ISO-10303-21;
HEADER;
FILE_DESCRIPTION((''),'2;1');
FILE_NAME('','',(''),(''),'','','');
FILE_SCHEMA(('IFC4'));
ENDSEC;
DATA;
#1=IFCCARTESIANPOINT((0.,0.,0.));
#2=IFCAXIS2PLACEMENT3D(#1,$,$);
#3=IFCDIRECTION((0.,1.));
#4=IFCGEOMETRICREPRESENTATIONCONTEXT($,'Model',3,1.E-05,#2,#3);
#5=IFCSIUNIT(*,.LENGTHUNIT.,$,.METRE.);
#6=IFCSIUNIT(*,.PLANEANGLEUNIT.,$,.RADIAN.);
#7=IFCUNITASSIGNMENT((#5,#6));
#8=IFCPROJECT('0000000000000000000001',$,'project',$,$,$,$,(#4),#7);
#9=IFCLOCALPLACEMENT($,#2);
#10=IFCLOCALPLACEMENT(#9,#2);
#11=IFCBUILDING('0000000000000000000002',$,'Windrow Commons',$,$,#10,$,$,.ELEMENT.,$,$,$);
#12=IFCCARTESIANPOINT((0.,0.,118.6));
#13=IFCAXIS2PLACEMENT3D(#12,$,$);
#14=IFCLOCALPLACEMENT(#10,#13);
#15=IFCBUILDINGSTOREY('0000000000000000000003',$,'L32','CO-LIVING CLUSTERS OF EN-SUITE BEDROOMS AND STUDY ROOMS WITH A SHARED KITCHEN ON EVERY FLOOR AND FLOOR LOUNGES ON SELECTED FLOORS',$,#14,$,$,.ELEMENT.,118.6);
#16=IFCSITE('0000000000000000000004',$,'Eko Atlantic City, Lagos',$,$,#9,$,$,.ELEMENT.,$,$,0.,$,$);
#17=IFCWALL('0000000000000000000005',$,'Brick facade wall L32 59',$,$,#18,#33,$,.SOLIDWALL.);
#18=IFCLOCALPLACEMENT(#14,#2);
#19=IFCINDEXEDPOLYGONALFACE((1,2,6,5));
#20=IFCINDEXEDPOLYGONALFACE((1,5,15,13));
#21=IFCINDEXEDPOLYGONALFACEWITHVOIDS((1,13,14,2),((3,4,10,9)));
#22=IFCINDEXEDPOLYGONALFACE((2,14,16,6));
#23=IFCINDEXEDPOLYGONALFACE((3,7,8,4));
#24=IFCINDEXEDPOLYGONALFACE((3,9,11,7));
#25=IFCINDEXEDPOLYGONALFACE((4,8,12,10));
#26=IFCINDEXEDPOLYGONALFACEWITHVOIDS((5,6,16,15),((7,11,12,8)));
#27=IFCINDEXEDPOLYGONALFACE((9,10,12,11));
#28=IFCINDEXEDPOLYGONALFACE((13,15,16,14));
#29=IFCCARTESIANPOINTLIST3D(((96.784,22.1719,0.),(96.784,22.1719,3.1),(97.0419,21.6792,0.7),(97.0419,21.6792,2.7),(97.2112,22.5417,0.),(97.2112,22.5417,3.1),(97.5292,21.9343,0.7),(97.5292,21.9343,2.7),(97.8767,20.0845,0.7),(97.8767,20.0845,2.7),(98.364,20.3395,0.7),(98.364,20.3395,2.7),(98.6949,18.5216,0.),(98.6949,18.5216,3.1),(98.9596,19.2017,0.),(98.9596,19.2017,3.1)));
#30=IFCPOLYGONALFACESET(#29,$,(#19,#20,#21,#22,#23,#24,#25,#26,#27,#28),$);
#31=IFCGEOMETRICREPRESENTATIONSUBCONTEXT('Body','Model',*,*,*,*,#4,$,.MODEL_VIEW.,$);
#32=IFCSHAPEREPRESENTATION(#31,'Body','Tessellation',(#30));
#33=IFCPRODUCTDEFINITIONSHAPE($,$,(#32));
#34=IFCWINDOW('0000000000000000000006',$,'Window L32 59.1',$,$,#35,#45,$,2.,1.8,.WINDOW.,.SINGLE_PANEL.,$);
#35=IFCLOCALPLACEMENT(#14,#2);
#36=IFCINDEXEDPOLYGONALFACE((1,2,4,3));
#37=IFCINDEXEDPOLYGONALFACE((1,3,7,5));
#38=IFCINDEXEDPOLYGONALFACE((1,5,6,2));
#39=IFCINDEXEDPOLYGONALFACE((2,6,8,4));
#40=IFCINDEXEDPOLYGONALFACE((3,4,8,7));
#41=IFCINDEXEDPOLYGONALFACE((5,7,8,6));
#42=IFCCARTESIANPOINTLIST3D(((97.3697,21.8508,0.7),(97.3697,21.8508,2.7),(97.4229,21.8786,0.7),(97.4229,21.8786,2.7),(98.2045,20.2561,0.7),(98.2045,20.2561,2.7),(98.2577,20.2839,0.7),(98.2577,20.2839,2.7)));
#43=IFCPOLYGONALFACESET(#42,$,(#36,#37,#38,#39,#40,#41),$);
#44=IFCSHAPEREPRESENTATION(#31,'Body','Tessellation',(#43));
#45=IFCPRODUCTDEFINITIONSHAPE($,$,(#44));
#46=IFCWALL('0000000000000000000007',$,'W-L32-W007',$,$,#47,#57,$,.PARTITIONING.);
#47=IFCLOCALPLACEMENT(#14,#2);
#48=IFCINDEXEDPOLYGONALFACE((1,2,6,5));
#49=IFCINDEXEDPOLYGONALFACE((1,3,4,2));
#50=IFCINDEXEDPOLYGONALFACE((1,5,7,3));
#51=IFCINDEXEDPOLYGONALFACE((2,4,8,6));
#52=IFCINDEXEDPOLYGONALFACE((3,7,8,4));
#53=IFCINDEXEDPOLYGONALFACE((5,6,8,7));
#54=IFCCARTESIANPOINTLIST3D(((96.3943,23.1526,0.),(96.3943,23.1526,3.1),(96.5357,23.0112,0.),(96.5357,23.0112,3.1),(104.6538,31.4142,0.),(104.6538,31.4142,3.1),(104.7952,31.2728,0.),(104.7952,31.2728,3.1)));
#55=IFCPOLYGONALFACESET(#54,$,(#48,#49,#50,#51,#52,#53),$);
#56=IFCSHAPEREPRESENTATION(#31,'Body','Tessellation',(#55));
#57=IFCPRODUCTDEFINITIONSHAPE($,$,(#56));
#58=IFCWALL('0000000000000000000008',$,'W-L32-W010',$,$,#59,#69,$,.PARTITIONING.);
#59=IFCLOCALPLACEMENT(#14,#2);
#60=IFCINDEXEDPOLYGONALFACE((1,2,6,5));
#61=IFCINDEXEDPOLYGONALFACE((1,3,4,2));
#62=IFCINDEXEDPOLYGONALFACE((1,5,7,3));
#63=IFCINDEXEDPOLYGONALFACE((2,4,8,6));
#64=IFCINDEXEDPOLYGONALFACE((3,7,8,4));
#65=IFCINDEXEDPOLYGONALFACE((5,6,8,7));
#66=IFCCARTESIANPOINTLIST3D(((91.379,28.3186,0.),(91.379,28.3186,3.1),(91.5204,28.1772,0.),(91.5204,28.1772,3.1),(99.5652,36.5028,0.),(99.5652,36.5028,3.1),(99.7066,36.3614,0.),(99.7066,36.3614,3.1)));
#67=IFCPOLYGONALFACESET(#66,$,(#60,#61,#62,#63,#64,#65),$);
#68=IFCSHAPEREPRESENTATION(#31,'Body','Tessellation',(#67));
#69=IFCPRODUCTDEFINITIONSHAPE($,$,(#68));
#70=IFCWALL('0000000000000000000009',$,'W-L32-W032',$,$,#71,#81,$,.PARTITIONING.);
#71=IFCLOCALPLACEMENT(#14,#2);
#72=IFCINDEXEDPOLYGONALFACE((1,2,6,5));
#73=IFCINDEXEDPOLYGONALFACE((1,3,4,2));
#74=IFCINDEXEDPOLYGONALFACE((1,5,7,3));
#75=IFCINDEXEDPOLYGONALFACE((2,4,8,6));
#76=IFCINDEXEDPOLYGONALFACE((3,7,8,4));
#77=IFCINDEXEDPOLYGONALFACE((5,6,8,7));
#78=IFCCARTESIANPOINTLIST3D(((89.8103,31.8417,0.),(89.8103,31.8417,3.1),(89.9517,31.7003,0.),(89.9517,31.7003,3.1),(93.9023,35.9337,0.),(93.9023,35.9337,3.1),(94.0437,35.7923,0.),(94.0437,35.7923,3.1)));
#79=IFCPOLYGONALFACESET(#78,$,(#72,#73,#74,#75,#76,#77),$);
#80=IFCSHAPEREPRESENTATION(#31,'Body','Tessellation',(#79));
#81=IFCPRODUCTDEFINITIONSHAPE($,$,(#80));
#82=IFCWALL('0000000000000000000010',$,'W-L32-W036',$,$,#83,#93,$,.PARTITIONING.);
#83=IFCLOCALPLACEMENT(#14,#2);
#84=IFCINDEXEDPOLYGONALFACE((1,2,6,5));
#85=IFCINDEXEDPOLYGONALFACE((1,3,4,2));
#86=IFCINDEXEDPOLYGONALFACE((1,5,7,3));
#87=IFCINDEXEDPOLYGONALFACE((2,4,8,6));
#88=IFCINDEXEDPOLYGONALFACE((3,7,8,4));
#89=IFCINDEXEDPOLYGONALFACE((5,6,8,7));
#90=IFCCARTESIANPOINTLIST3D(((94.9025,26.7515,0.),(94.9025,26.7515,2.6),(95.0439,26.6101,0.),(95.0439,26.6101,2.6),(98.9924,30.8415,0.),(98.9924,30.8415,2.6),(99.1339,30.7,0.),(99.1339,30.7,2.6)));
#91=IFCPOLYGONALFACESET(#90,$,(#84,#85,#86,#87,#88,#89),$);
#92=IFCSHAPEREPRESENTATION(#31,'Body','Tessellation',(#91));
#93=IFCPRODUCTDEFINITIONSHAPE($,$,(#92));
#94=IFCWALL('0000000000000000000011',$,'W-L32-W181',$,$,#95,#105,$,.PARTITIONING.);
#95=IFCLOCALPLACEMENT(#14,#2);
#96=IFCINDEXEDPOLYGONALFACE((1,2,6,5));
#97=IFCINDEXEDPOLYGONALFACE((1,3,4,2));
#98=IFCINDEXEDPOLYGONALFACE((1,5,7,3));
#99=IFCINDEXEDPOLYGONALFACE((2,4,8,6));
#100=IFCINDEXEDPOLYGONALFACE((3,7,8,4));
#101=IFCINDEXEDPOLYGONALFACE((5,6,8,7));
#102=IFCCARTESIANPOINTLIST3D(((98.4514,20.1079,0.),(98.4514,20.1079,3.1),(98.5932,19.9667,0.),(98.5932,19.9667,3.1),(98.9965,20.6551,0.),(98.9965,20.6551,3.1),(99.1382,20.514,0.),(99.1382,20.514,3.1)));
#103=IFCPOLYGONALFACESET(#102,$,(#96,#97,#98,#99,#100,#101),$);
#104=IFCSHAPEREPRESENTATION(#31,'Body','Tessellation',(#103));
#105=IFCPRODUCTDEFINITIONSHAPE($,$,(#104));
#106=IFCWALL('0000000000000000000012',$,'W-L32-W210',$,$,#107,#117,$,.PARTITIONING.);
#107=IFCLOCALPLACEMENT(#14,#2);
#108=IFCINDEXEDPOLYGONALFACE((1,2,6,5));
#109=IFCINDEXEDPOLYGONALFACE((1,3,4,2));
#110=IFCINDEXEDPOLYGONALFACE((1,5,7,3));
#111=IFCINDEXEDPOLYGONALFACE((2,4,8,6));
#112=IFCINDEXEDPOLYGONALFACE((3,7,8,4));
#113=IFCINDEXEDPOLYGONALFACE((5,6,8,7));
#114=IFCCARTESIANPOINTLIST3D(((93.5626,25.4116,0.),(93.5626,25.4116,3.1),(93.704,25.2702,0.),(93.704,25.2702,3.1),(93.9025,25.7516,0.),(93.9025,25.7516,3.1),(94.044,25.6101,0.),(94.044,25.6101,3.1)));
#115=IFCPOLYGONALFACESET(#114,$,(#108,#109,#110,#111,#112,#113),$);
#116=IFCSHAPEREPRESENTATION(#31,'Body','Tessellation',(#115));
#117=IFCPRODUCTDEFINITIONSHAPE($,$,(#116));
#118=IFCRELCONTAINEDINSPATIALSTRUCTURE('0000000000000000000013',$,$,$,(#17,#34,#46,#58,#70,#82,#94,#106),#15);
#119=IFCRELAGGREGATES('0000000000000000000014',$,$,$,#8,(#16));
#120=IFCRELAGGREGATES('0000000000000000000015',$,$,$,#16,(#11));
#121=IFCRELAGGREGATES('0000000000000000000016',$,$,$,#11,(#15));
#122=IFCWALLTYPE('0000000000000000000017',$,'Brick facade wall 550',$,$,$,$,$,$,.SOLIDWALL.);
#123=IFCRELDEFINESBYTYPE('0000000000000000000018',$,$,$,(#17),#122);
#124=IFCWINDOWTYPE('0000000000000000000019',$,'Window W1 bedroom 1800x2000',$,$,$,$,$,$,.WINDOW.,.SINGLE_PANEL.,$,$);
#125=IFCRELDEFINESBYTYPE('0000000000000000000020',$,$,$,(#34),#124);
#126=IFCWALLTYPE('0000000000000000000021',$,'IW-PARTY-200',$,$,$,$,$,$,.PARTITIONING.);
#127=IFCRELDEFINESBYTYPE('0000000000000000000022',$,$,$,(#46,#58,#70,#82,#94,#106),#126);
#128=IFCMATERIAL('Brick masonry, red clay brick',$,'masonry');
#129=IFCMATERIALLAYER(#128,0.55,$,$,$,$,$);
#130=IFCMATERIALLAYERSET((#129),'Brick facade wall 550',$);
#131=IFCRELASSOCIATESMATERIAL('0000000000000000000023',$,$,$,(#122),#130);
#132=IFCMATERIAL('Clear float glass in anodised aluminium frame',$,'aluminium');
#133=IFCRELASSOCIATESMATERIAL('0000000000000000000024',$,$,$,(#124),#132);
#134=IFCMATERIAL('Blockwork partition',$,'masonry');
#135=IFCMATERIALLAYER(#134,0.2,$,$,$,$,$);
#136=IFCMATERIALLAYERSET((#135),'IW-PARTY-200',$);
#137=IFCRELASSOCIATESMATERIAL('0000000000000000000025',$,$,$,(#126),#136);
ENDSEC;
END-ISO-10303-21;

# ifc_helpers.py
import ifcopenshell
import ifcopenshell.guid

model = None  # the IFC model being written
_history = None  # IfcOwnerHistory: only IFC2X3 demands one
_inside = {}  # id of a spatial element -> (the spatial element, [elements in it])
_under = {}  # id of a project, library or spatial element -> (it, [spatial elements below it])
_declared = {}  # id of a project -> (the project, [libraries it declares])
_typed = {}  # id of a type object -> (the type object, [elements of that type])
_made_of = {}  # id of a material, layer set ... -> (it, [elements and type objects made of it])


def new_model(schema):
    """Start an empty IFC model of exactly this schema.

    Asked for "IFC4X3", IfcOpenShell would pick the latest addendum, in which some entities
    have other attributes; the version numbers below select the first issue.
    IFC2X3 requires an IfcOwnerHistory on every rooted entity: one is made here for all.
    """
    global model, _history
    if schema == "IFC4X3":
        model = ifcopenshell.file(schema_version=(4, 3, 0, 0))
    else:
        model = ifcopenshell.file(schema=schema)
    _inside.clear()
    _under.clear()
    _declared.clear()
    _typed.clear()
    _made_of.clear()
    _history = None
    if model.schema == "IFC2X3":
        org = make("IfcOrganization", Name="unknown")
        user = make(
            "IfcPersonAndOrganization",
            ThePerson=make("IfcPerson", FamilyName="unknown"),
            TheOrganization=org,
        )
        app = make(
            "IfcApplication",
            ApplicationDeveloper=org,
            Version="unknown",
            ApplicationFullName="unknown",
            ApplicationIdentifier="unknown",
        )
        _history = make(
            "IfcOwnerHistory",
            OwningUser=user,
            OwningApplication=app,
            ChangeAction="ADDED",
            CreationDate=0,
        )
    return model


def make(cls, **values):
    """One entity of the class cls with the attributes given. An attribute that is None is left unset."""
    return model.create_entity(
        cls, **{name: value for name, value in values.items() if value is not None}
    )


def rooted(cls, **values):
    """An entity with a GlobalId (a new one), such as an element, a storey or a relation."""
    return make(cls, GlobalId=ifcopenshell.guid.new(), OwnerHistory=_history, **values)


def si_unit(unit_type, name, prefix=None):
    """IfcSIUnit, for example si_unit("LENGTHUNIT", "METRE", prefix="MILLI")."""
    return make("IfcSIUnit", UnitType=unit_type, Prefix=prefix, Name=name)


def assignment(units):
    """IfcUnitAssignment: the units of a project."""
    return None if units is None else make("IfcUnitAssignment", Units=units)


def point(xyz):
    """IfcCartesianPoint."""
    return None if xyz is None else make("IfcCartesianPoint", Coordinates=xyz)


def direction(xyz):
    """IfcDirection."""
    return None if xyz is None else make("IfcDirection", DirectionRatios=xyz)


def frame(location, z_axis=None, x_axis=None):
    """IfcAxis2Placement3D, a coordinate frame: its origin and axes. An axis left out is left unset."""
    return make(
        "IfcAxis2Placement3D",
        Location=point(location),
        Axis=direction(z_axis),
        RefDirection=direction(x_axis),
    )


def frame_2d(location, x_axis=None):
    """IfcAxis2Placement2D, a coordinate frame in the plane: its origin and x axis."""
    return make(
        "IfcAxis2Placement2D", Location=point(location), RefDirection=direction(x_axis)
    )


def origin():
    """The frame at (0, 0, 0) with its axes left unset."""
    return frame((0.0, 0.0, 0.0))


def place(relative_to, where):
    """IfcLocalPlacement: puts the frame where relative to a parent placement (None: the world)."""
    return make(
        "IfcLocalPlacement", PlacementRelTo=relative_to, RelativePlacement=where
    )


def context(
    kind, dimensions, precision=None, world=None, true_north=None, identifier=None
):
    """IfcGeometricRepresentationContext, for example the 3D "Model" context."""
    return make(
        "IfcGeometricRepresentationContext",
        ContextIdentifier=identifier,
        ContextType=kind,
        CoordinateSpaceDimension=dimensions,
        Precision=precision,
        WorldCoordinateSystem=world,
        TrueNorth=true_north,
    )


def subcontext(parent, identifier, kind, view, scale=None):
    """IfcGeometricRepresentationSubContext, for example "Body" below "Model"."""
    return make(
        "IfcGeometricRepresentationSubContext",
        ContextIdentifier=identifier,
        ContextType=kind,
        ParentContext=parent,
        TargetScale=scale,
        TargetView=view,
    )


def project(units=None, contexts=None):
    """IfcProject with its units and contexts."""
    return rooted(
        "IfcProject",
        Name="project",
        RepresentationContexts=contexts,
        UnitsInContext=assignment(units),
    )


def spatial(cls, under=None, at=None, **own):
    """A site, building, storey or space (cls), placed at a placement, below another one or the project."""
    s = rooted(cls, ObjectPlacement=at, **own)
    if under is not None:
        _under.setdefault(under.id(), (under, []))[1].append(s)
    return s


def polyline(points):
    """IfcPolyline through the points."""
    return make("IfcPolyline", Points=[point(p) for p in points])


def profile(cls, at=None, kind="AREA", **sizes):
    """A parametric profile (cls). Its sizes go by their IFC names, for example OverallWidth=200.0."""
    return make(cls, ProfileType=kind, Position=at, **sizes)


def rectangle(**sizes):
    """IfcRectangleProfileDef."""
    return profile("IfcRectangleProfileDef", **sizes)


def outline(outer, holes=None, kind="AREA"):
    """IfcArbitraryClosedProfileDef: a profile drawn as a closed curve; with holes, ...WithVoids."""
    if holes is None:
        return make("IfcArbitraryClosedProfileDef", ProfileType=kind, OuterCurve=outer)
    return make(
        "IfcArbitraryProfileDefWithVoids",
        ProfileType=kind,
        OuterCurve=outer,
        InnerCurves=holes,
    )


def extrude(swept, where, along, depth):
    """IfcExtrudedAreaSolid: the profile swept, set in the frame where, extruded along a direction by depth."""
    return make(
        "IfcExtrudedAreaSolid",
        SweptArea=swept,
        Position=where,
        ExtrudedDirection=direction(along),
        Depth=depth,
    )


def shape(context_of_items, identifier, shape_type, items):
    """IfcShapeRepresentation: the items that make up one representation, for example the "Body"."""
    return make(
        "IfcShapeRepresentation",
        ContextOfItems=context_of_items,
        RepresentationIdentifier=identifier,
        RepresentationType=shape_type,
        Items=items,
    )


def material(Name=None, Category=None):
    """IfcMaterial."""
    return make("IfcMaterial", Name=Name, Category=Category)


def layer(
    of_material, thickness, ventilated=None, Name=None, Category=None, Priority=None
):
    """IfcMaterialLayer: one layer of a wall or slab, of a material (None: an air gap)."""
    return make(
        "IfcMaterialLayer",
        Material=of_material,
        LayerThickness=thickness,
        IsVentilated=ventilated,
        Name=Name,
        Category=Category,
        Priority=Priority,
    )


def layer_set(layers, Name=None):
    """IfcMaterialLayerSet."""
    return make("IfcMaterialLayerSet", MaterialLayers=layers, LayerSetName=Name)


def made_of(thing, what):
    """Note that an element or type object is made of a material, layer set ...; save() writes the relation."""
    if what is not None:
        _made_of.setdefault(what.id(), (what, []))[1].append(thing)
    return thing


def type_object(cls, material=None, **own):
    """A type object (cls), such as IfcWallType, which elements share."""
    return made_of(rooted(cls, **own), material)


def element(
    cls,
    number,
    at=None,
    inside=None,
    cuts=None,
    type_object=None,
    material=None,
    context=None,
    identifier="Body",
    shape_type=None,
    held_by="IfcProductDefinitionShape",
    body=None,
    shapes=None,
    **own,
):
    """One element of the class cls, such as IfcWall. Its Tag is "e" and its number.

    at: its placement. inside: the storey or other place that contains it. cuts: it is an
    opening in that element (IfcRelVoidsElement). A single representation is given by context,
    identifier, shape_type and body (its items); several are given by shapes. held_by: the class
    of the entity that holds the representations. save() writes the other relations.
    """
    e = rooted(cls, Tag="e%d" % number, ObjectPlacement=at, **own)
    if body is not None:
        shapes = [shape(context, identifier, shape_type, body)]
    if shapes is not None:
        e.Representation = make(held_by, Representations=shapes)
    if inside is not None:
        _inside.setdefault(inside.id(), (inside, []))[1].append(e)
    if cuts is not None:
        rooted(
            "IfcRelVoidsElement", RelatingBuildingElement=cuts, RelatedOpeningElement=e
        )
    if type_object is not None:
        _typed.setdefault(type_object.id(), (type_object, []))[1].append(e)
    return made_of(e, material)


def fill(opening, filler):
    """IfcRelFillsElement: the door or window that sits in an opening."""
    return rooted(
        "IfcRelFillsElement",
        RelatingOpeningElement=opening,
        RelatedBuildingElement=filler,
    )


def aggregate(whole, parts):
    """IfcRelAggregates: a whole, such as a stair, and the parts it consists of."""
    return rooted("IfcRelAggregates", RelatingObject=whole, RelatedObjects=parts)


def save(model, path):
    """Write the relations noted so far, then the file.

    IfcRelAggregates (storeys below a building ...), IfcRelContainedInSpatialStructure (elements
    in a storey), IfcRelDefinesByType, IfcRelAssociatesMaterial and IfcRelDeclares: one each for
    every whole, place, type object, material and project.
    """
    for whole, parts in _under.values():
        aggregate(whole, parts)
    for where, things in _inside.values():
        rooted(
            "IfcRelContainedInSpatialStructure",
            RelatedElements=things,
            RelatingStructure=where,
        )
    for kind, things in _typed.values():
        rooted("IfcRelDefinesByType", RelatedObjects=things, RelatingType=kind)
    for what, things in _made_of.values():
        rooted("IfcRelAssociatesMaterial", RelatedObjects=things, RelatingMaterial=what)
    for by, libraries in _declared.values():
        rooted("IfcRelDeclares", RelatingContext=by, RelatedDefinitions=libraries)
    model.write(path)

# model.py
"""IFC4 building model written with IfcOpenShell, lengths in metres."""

from ifc_helpers import new_model, si_unit, direction, frame, frame_2d, origin, place, context, subcontext, project, spatial, polyline, rectangle, outline, extrude, material, layer, layer_set, type_object, element, fill, save


model = new_model("IFC4")

# Units and contexts
model_context = context("Model", 3, precision=1e-05, world=origin(), true_north=direction((0.0, 1.0)))
body_context = subcontext(model_context, "Body", "Model", "MODEL_VIEW")
ifc_project = project(units=[si_unit("LENGTHUNIT", "METRE"), si_unit("PLANEANGLEUNIT", "RADIAN")], contexts=[model_context])

# Site, building, storey
site_placement = place(None, origin())
site = spatial("IfcSite", under=ifc_project, at=site_placement, Name="Eko Atlantic City, Lagos", CompositionType="ELEMENT", RefElevation=0.0)
building_placement = place(site_placement, origin())
building = spatial("IfcBuilding", under=site, at=building_placement, Name="Windrow Commons", CompositionType="ELEMENT")
storey_placement = place(building_placement, frame((0.0, 0.0, 118.6)))
storey = spatial("IfcBuildingStorey", under=building, at=storey_placement, Name="L32", Description="CO-LIVING CLUSTERS OF EN-SUITE BEDROOMS AND STUDY ROOMS WITH A SHARED KITCHEN ON EVERY FLOOR AND FLOOR LOUNGES ON SELECTED FLOORS", CompositionType="ELEMENT", Elevation=118.6)

# Shared definitions
ifc_material_1 = material(Name="Brick masonry, red clay brick", Category="masonry")
ifc_layer_1 = layer(ifc_material_1, 0.55)
ifc_layer_set_1 = layer_set([ifc_layer_1], Name="Brick facade wall 550")
wall_type_1 = type_object("IfcWallType", Name="Brick facade wall 550", PredefinedType="SOLIDWALL", material=ifc_layer_set_1)
ifc_material_2 = material(Name="Clear float glass in anodised aluminium frame", Category="aluminium")
window_type_1 = type_object("IfcWindowType", Name="Window W1 bedroom 1800x2000", PartitioningType="SINGLE_PANEL", PredefinedType="WINDOW", material=ifc_material_2)

# Wall, opening, window
wall_1_placement = place(storey_placement, frame((96.9976, 22.3568, 0.0), z_axis=(0.0, 0.0, 1.0), x_axis=(0.463784, -0.885948, 0.0)))
wall_1 = element("IfcWall", 1, at=wall_1_placement, inside=storey, type_object=wall_type_1, Name="Brick facade wall L32 59", PredefinedType="SOLIDWALL", context=body_context, shape_type="SweptSolid", body=[
    extrude(outline(polyline([(0.0647, -0.275), (4.185, -0.275), (3.7052, 0.275), (-0.0647, 0.275), (0.0647, -0.275)])), origin(), (0.0, 0.0, 1.0), 3.1),
])
opening_1_placement = place(wall_1_placement, frame((0.6209, 0.0, 0.7)))
opening_1 = element("IfcOpeningElement", 2, at=opening_1_placement, cuts=wall_1, PredefinedType="OPENING", context=body_context, shape_type="SweptSolid", body=[
    extrude(rectangle(XDim=1.8, YDim=2.0, at=frame_2d((0.9, 1.0))), frame((0.0, 0.285, 0.0), z_axis=(0.0, -1.0, 0.0), x_axis=(1.0, 0.0, 0.0)), (0.0, 0.0, 1.0), 0.57),
])
window_1_placement = place(opening_1_placement, origin())
window_1 = element("IfcWindow", 3, at=window_1_placement, inside=storey, type_object=window_type_1, Name="Window L32 59.1", OverallHeight=2.0, OverallWidth=1.8, PartitioningType="SINGLE_PANEL", PredefinedType="WINDOW", context=body_context, shape_type="SweptSolid", body=[
    extrude(rectangle(XDim=1.8, YDim=2.0, at=frame_2d((0.9, 1.0))), frame((0.0, 0.155, 0.0), z_axis=(0.0, -1.0, 0.0), x_axis=(1.0, 0.0, 0.0)), (0.0, 0.0, 1.0), 0.06),
])
fill(opening_1, window_1)

# Walls
ifc_material_3 = material(Name="Blockwork partition", Category="masonry")
ifc_layer_2 = layer(ifc_material_3, 0.2)
ifc_layer_set_2 = layer_set([ifc_layer_2], Name="IW-PARTY-200")
wall_type_2 = type_object("IfcWallType", Name="IW-PARTY-200", PredefinedType="PARTITIONING", material=ifc_layer_set_2)
wall_2_placement = place(storey_placement, frame((96.465, 23.0819, 0.0), z_axis=(0.0, 0.0, 1.0), x_axis=(0.707017, 0.707197, 0.0)))
element("IfcWall", 4, at=wall_2_placement, inside=storey, type_object=wall_type_2, Name="W-L32-W007", PredefinedType="PARTITIONING", context=body_context, shape_type="SweptSolid", body=[
    extrude(rectangle(XDim=11.6822, YDim=0.2, at=frame_2d((5.8411, 0.0))), origin(), (0.0, 0.0, 1.0), 3.1),
])
wall_3_placement = place(storey_placement, frame((91.4497, 28.2479, 0.0), z_axis=(0.0, 0.0, 1.0), x_axis=(0.707193, 0.70702, 0.0)))
element("IfcWall", 5, at=wall_3_placement, inside=storey, type_object=wall_type_2, Name="W-L32-W010", PredefinedType="PARTITIONING", context=body_context, shape_type="SweptSolid", body=[
    extrude(rectangle(XDim=11.5756, YDim=0.2, at=frame_2d((5.7878, 0.0))), origin(), (0.0, 0.0, 1.0), 3.1),
])
wall_4_placement = place(storey_placement, frame((89.881, 31.771, 0.0), z_axis=(0.0, 0.0, 1.0), x_axis=(0.707107, 0.707107, 0.0)))
element("IfcWall", 6, at=wall_4_placement, inside=storey, type_object=wall_type_2, Name="W-L32-W032", PredefinedType="PARTITIONING", context=body_context, shape_type="SweptSolid", body=[
    extrude(rectangle(XDim=5.787, YDim=0.2, at=frame_2d((2.8935, 0.0))), origin(), (0.0, 0.0, 1.0), 3.1),
])
wall_5_placement = place(storey_placement, frame((94.9732, 26.6808, 0.0), z_axis=(0.0, 0.0, 1.0), x_axis=(0.707107, 0.707107, 0.0)))
element("IfcWall", 7, at=wall_5_placement, inside=storey, type_object=wall_type_2, Name="W-L32-W036", PredefinedType="PARTITIONING", context=body_context, shape_type="SweptSolid", body=[
    extrude(rectangle(XDim=5.7841, YDim=0.2, at=frame_2d((2.892, 0.0))), origin(), (0.0, 0.0, 1.0), 2.6),
])
wall_6_placement = place(storey_placement, frame((98.5223, 20.0373, 0.0), z_axis=(0.0, 0.0, 1.0), x_axis=(0.705681, 0.708529, 0.0)))
element("IfcWall", 8, at=wall_6_placement, inside=storey, type_object=wall_type_2, Name="W-L32-W181", PredefinedType="PARTITIONING", context=body_context, shape_type="SweptSolid", body=[
    extrude(rectangle(XDim=0.7724, YDim=0.2, at=frame_2d((0.3862, 0.0))), origin(), (0.0, 0.0, 1.0), 3.1),
])
wall_7_placement = place(storey_placement, frame((93.6333, 25.3409, 0.0), z_axis=(0.0, 0.0, 1.0), x_axis=(0.707107, 0.707107, 0.0)))
element("IfcWall", 9, at=wall_7_placement, inside=storey, type_object=wall_type_2, Name="W-L32-W210", PredefinedType="PARTITIONING", context=body_context, shape_type="SweptSolid", body=[
    extrude(rectangle(XDim=0.4807, YDim=0.2, at=frame_2d((0.2404, 0.0))), origin(), (0.0, 0.0, 1.0), 3.1),
])

save(model, "model.ifc")
